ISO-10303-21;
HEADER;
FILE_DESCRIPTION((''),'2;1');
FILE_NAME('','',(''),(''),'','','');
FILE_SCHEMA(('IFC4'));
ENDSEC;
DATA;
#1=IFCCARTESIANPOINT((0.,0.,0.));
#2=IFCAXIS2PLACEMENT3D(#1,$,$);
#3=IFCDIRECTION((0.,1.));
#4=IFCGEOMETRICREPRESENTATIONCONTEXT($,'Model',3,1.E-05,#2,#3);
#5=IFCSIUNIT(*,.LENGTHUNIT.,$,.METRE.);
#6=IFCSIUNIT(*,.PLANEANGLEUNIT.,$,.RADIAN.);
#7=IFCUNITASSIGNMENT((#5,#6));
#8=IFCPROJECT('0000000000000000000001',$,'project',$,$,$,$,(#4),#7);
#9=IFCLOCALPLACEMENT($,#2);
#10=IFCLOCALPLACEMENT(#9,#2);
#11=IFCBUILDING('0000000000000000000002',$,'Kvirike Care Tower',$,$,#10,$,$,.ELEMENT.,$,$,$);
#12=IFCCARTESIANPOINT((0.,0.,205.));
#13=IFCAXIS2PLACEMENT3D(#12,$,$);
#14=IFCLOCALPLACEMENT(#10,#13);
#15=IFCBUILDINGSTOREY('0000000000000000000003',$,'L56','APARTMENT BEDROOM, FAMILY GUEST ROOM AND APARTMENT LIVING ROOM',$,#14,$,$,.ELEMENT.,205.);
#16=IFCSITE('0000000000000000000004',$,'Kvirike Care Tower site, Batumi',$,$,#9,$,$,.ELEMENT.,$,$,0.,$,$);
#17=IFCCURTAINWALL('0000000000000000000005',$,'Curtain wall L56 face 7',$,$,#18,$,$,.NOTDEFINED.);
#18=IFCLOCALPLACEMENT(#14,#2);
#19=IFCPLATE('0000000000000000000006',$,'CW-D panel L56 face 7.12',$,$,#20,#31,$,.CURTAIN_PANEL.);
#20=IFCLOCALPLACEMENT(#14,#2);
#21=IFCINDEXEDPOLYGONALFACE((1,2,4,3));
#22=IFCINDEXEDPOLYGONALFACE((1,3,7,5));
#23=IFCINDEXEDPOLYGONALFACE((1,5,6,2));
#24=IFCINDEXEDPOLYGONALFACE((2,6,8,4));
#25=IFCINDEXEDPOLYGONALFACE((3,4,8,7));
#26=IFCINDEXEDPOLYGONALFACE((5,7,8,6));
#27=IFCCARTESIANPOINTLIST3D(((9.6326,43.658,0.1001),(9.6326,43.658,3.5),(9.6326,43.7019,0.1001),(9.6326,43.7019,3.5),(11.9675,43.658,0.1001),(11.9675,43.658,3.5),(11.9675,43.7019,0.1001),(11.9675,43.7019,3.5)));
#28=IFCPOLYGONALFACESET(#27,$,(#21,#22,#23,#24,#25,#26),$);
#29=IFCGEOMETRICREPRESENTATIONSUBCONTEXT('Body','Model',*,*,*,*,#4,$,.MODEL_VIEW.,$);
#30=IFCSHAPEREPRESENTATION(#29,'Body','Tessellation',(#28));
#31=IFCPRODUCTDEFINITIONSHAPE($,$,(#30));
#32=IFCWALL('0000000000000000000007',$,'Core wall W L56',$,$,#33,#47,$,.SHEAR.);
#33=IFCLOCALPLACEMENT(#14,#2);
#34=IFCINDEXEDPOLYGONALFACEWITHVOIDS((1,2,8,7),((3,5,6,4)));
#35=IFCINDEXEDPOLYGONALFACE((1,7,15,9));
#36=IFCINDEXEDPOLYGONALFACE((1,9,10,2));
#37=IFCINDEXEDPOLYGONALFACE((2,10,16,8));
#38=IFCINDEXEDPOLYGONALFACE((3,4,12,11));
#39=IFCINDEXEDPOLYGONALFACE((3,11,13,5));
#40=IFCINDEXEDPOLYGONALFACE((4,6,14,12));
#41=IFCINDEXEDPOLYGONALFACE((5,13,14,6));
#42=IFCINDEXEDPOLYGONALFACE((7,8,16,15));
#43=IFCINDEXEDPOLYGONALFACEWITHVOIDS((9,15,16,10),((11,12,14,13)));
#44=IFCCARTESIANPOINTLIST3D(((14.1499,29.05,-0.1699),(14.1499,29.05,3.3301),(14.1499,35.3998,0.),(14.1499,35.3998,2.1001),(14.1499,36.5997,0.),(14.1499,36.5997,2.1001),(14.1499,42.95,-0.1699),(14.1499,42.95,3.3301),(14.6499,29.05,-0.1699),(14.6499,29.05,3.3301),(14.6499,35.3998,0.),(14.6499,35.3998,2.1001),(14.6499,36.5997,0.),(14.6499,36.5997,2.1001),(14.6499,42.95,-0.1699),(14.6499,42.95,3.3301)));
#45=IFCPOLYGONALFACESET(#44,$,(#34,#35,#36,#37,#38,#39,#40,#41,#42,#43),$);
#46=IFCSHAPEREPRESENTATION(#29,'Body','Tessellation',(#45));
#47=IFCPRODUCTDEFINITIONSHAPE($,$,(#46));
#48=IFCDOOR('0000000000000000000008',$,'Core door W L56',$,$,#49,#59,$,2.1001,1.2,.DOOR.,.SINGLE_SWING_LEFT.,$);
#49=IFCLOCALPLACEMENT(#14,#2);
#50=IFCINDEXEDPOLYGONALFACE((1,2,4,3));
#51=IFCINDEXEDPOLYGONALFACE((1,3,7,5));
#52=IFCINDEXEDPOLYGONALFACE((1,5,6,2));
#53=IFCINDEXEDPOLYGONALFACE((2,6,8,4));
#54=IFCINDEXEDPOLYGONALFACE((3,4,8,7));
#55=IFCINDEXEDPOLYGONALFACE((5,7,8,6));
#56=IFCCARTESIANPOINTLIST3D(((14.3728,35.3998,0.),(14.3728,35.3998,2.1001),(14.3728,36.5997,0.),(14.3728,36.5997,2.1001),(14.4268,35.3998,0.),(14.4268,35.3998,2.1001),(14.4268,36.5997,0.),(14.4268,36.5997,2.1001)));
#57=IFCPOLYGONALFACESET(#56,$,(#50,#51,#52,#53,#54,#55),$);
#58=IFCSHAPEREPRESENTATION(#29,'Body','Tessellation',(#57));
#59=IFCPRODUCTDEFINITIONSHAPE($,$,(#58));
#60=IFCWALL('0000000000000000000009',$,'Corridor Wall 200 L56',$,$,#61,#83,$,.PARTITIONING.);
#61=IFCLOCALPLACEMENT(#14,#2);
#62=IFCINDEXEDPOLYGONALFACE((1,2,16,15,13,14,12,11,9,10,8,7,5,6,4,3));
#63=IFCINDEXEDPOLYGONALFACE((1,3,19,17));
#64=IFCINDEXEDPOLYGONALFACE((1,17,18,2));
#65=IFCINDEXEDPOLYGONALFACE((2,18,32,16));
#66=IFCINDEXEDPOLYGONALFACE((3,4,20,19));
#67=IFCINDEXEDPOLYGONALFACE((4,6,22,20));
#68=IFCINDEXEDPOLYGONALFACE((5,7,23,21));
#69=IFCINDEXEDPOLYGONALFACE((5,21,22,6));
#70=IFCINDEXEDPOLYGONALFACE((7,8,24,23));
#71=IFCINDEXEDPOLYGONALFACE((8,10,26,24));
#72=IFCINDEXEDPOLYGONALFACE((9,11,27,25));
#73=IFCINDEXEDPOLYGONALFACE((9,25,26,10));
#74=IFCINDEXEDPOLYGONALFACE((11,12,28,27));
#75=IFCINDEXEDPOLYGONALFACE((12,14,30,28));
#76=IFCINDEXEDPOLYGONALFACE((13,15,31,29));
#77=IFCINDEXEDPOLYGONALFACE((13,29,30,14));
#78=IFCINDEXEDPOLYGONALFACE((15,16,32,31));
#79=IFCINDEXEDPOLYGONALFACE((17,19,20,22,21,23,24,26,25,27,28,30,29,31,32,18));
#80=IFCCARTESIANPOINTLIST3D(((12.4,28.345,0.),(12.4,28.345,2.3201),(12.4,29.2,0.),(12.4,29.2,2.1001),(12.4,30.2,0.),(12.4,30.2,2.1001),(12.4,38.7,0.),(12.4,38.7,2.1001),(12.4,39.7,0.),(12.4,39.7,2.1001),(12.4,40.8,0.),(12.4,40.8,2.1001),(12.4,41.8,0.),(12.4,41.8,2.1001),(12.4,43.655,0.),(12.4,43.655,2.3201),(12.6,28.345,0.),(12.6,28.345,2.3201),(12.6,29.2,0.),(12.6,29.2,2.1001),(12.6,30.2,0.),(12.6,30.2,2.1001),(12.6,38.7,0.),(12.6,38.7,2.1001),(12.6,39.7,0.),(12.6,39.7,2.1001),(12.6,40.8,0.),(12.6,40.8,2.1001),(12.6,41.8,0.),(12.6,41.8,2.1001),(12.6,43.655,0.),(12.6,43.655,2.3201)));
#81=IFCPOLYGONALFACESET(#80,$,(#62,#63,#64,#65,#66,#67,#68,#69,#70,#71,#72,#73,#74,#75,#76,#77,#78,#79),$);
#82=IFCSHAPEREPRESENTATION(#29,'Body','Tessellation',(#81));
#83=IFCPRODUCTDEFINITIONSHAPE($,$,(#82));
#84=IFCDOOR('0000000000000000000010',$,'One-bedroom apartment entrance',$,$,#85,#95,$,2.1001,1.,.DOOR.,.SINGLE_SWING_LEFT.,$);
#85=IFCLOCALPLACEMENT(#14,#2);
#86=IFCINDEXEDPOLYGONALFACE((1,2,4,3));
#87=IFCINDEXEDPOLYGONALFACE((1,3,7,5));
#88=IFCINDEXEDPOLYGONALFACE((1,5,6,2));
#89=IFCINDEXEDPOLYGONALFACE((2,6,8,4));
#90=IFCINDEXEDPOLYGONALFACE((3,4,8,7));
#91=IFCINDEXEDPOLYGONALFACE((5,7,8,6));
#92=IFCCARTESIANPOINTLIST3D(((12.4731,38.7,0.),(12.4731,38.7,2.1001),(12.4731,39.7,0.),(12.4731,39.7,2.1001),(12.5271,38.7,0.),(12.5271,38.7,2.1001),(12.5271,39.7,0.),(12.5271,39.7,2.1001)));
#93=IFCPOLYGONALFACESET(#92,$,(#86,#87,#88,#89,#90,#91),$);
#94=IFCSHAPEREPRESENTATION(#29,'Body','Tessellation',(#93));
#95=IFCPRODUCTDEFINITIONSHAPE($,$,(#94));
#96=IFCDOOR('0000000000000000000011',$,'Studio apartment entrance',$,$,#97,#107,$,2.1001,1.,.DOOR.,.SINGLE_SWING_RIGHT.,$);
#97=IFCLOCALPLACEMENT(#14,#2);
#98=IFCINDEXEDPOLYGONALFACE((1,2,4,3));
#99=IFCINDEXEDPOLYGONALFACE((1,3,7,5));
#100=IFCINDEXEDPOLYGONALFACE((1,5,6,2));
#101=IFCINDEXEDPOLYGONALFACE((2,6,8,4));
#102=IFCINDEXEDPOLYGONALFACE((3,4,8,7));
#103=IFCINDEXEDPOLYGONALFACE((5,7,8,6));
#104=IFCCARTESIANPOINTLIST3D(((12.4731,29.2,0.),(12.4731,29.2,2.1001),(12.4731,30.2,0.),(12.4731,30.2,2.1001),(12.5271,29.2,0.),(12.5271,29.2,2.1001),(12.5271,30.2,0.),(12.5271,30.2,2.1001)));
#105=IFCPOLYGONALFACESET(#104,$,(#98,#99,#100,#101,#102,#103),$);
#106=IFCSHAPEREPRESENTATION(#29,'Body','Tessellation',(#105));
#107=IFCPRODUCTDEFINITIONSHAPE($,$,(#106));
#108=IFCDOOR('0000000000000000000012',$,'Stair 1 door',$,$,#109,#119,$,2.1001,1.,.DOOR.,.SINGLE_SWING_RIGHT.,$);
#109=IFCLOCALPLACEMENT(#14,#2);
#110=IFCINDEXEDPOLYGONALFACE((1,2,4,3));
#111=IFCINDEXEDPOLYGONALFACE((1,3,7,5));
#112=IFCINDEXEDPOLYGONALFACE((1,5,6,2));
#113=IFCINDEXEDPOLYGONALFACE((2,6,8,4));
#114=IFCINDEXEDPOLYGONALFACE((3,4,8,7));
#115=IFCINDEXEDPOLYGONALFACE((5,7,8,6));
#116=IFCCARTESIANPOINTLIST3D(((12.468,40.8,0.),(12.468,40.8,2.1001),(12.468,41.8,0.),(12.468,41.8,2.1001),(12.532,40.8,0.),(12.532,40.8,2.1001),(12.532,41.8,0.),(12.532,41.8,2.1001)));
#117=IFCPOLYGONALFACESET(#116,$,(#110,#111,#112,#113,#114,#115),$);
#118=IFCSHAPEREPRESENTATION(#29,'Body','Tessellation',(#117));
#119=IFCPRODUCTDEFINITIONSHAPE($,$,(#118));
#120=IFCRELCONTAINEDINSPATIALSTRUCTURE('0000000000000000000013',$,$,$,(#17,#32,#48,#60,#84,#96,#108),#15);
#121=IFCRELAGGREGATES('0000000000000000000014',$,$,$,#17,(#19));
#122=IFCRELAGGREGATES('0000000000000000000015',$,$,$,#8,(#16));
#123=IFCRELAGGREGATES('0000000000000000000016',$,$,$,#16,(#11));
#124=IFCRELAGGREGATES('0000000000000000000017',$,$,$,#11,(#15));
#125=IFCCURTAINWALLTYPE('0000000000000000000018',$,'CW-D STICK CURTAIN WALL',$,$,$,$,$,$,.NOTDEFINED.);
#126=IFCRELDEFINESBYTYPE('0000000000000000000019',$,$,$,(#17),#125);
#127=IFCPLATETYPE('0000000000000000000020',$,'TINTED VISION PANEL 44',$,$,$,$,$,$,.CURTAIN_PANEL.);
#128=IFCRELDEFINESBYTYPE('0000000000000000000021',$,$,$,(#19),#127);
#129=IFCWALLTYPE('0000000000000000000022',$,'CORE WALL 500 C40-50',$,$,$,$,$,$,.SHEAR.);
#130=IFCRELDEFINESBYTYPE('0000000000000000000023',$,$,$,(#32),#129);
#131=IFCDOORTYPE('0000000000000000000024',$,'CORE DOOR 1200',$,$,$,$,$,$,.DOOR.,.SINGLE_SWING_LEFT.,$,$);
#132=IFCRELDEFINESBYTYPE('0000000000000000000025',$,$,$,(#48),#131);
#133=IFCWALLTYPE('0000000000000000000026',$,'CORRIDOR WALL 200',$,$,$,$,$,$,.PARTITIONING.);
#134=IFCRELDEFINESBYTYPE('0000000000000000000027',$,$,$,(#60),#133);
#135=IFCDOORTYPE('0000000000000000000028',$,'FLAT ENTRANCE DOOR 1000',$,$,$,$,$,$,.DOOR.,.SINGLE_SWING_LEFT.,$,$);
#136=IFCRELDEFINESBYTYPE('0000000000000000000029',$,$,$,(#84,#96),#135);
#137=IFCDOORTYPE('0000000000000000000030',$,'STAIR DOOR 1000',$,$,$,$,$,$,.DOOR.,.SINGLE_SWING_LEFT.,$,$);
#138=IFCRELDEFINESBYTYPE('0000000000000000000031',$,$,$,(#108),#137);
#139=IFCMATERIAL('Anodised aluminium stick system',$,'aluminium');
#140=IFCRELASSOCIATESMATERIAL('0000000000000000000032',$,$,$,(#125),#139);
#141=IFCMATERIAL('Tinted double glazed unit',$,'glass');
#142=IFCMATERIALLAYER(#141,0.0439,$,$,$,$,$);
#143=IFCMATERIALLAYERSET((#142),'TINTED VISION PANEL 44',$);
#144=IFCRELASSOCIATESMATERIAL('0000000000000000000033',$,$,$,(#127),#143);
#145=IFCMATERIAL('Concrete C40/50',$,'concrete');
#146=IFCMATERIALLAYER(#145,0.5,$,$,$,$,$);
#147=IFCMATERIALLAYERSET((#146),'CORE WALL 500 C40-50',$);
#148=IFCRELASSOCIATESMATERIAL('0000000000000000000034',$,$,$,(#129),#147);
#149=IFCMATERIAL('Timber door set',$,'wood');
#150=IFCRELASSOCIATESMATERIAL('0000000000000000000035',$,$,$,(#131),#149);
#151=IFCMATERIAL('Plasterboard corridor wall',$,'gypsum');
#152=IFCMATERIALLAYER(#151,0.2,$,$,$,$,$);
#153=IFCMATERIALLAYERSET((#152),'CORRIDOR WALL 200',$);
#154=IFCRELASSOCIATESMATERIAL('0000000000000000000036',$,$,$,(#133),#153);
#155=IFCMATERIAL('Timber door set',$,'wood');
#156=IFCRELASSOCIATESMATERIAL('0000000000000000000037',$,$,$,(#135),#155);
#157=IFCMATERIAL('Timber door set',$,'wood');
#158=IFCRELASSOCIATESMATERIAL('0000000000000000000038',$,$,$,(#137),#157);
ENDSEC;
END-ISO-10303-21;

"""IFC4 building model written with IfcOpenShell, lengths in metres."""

from ifc_helpers import new_model, si_unit, direction, frame, frame_2d, origin, origin_2d, place, context, subcontext, project, spatial, rectangle, extrude, material, layer, layer_set, type_object, element, fill, aggregate, save


model = new_model("IFC4")

# Units and contexts
model_context = context("Model", 3, precision=1e-05, world=origin(), true_north=direction((0.0, 1.0)))
body_context = subcontext(model_context, "Body", "Model", "MODEL_VIEW")
ifc_project = project(units=[si_unit("LENGTHUNIT", "METRE"), si_unit("PLANEANGLEUNIT", "RADIAN")], contexts=[model_context])

# Site, building, storey
site_placement = place(None, origin())
site = spatial("IfcSite", under=ifc_project, at=site_placement, Name="Kvirike Care Tower site, Batumi", CompositionType="ELEMENT", RefElevation=0.0)
building_placement = place(site_placement, origin())
building = spatial("IfcBuilding", under=site, at=building_placement, Name="Kvirike Care Tower", CompositionType="ELEMENT")
storey_placement = place(building_placement, frame((0.0, 0.0, 205.0)))
storey = spatial("IfcBuildingStorey", under=building, at=storey_placement, Name="L56", Description="APARTMENT BEDROOM, FAMILY GUEST ROOM AND APARTMENT LIVING ROOM", CompositionType="ELEMENT", Elevation=205.0)

# Curtain wall
ifc_material_1 = material(Name="Anodised aluminium stick system", Category="aluminium")
curtain_wall_type = type_object("IfcCurtainWallType", Name="CW-D STICK CURTAIN WALL", PredefinedType="NOTDEFINED", material=ifc_material_1)
curtain_wall_placement = place(storey_placement, origin())
curtain_wall = element("IfcCurtainWall", 1, at=curtain_wall_placement, inside=storey, type_object=curtain_wall_type, Name="Curtain wall L56 face 7", PredefinedType="NOTDEFINED")

# Plate
ifc_material_2 = material(Name="Tinted double glazed unit", Category="glass")
ifc_layer_1 = layer(ifc_material_2, 0.0439)
ifc_layer_set_1 = layer_set([ifc_layer_1], Name="TINTED VISION PANEL 44")
plate_type = type_object("IfcPlateType", Name="TINTED VISION PANEL 44", PredefinedType="CURTAIN_PANEL", material=ifc_layer_set_1)
plate_1_placement = place(storey_placement, frame((10.8, 43.6799, 0.1001), z_axis=(0.0, 0.0, 1.0), x_axis=(-1.0, 0.0, 0.0)))
plate_1 = element("IfcPlate", 2, at=plate_1_placement, type_object=plate_type, Name="CW-D panel L56 face 7.12", PredefinedType="CURTAIN_PANEL", context=body_context, shape_type="SweptSolid", body=[
    extrude(rectangle(XDim=2.335, YDim=0.0439, at=origin_2d()), origin(), (0.0, 0.0, 1.0), 3.3999),
])
aggregate(curtain_wall, [plate_1])

# Wall, opening, door
ifc_material_3 = material(Name="Concrete C40/50", Category="concrete")
ifc_layer_2 = layer(ifc_material_3, 0.5)
ifc_layer_set_2 = layer_set([ifc_layer_2], Name="CORE WALL 500 C40-50")
wall_type_1 = type_object("IfcWallType", Name="CORE WALL 500 C40-50", PredefinedType="SHEAR", material=ifc_layer_set_2)
wall_1_placement = place(storey_placement, frame((14.3999, 42.95, -0.1699), z_axis=(0.0, 0.0, 1.0), x_axis=(0.0, -1.0, 0.0)))
wall_1 = element("IfcWall", 3, at=wall_1_placement, inside=storey, type_object=wall_type_1, Name="Core wall W L56", PredefinedType="SHEAR", context=body_context, shape_type="SweptSolid", body=[
    extrude(rectangle(XDim=13.8999, YDim=0.5, at=frame_2d((6.95, 0.0))), origin(), (0.0, 0.0, 1.0), 3.5),
])
opening_1_placement = place(wall_1_placement, frame((6.3501, 0.0, 0.1699)))
opening_1 = element("IfcOpeningElement", 4, at=opening_1_placement, cuts=wall_1, PredefinedType="OPENING", context=body_context, shape_type="SweptSolid", body=[
    extrude(rectangle(XDim=1.2, YDim=2.1001, at=frame_2d((0.6001, 1.05))), frame((0.0, 0.2605, 0.0), z_axis=(0.0, -1.0, 0.0), x_axis=(1.0, 0.0, 0.0)), (0.0, 0.0, 1.0), 0.521),
])
ifc_material_4 = material(Name="Timber door set", Category="wood")
door_type_1 = type_object("IfcDoorType", Name="CORE DOOR 1200", OperationType="SINGLE_SWING_LEFT", PredefinedType="DOOR", material=ifc_material_4)
door_1_placement = place(opening_1_placement, origin())
door_1 = element("IfcDoor", 5, at=door_1_placement, inside=storey, type_object=door_type_1, Name="Core door W L56", OperationType="SINGLE_SWING_LEFT", OverallHeight=2.1001, OverallWidth=1.2, PredefinedType="DOOR", context=body_context, shape_type="SweptSolid", body=[
    extrude(rectangle(XDim=1.2, YDim=2.1001, at=frame_2d((0.6001, 1.05))), frame((0.0, 0.0269, 0.0), z_axis=(0.0, -1.0, 0.0), x_axis=(1.0, 0.0, 0.0)), (0.0, 0.0, 1.0), 0.054),
])
fill(opening_1, door_1)

# Wall, openings, doors
ifc_material_5 = material(Name="Plasterboard corridor wall", Category="gypsum")
ifc_layer_3 = layer(ifc_material_5, 0.2)
ifc_layer_set_3 = layer_set([ifc_layer_3], Name="CORRIDOR WALL 200")
wall_type_2 = type_object("IfcWallType", Name="CORRIDOR WALL 200", PredefinedType="PARTITIONING", material=ifc_layer_set_3)
wall_2_placement = place(storey_placement, frame((12.5, 43.655, 0.0), z_axis=(0.0, 0.0, 1.0), x_axis=(0.0, -1.0, 0.0)))
wall_2 = element("IfcWall", 6, at=wall_2_placement, inside=storey, type_object=wall_type_2, Name="Corridor Wall 200 L56", PredefinedType="PARTITIONING", context=body_context, shape_type="SweptSolid", body=[
    extrude(rectangle(XDim=15.3101, YDim=0.2, at=frame_2d((7.655, 0.0))), origin(), (0.0, 0.0, 1.0), 2.3201),
])
opening_2_placement = place(wall_2_placement, frame((1.855, 0.0, 0.0)))
opening_2 = element("IfcOpeningElement", 7, at=opening_2_placement, cuts=wall_2, PredefinedType="OPENING", context=body_context, shape_type="SweptSolid", body=[
    extrude(rectangle(XDim=1.0, YDim=2.1001, at=frame_2d((0.5, 1.05))), frame((0.0, 0.1106, 0.0), z_axis=(0.0, -1.0, 0.0), x_axis=(1.0, 0.0, 0.0)), (0.0, 0.0, 1.0), 0.2209),
])
opening_3_placement = place(wall_2_placement, frame((3.9551, 0.0, 0.0)))
opening_3 = element("IfcOpeningElement", 8, at=opening_3_placement, cuts=wall_2, PredefinedType="OPENING", context=body_context, shape_type="SweptSolid", body=[
    extrude(rectangle(XDim=1.0, YDim=2.1001, at=frame_2d((0.5, 1.05))), frame((0.0, 0.1106, 0.0), z_axis=(0.0, -1.0, 0.0), x_axis=(1.0, 0.0, 0.0)), (0.0, 0.0, 1.0), 0.2209),
])
opening_4_placement = place(wall_2_placement, frame((13.4551, 0.0, 0.0)))
opening_4 = element("IfcOpeningElement", 9, at=opening_4_placement, cuts=wall_2, PredefinedType="OPENING", context=body_context, shape_type="SweptSolid", body=[
    extrude(rectangle(XDim=1.0, YDim=2.1001, at=frame_2d((0.5, 1.05))), frame((0.0, 0.1106, 0.0), z_axis=(0.0, -1.0, 0.0), x_axis=(1.0, 0.0, 0.0)), (0.0, 0.0, 1.0), 0.2209),
])
ifc_material_6 = material(Name="Timber door set", Category="wood")
door_type_2 = type_object("IfcDoorType", Name="FLAT ENTRANCE DOOR 1000", OperationType="SINGLE_SWING_LEFT", PredefinedType="DOOR", material=ifc_material_6)
door_2_placement = place(opening_3_placement, frame((1.0, 0.0, 0.0), z_axis=(0.0, 0.0, 1.0), x_axis=(-1.0, 0.0, 0.0)))
door_2 = element("IfcDoor", 10, at=door_2_placement, inside=storey, type_object=door_type_2, Name="One-bedroom apartment entrance", OperationType="SINGLE_SWING_LEFT", OverallHeight=2.1001, OverallWidth=1.0, PredefinedType="DOOR", context=body_context, shape_type="SweptSolid", body=[
    extrude(rectangle(XDim=1.0, YDim=2.1001, at=frame_2d((0.5, 1.05))), frame((0.0, 0.0269, 0.0), z_axis=(0.0, -1.0, 0.0), x_axis=(1.0, 0.0, 0.0)), (0.0, 0.0, 1.0), 0.054),
])
fill(opening_3, door_2)
door_3_placement = place(opening_4_placement, frame((1.0, 0.0, 0.0), z_axis=(0.0, 0.0, 1.0), x_axis=(-1.0, 0.0, 0.0)))
door_3 = element("IfcDoor", 11, at=door_3_placement, inside=storey, type_object=door_type_2, Name="Studio apartment entrance", OperationType="SINGLE_SWING_RIGHT", OverallHeight=2.1001, OverallWidth=1.0, PredefinedType="DOOR", context=body_context, shape_type="SweptSolid", body=[
    extrude(rectangle(XDim=1.0, YDim=2.1001, at=frame_2d((0.5, 1.05))), frame((0.0, 0.0269, 0.0), z_axis=(0.0, -1.0, 0.0), x_axis=(1.0, 0.0, 0.0)), (0.0, 0.0, 1.0), 0.054),
])
fill(opening_4, door_3)
ifc_material_7 = material(Name="Timber door set", Category="wood")
door_type_3 = type_object("IfcDoorType", Name="STAIR DOOR 1000", OperationType="SINGLE_SWING_LEFT", PredefinedType="DOOR", material=ifc_material_7)
door_4_placement = place(opening_2_placement, frame((1.0, 0.0, 0.0), z_axis=(0.0, 0.0, 1.0), x_axis=(-1.0, 0.0, 0.0)))
door_4 = element("IfcDoor", 12, at=door_4_placement, inside=storey, type_object=door_type_3, Name="Stair 1 door", OperationType="SINGLE_SWING_RIGHT", OverallHeight=2.1001, OverallWidth=1.0, PredefinedType="DOOR", context=body_context, shape_type="SweptSolid", body=[
    extrude(rectangle(XDim=1.0, YDim=2.1001, at=frame_2d((0.5, 1.05))), frame((0.0, 0.032, 0.0), z_axis=(0.0, -1.0, 0.0), x_axis=(1.0, 0.0, 0.0)), (0.0, 0.0, 1.0), 0.064),
])
fill(opening_2, door_4)

save(model, "model.ifc")
